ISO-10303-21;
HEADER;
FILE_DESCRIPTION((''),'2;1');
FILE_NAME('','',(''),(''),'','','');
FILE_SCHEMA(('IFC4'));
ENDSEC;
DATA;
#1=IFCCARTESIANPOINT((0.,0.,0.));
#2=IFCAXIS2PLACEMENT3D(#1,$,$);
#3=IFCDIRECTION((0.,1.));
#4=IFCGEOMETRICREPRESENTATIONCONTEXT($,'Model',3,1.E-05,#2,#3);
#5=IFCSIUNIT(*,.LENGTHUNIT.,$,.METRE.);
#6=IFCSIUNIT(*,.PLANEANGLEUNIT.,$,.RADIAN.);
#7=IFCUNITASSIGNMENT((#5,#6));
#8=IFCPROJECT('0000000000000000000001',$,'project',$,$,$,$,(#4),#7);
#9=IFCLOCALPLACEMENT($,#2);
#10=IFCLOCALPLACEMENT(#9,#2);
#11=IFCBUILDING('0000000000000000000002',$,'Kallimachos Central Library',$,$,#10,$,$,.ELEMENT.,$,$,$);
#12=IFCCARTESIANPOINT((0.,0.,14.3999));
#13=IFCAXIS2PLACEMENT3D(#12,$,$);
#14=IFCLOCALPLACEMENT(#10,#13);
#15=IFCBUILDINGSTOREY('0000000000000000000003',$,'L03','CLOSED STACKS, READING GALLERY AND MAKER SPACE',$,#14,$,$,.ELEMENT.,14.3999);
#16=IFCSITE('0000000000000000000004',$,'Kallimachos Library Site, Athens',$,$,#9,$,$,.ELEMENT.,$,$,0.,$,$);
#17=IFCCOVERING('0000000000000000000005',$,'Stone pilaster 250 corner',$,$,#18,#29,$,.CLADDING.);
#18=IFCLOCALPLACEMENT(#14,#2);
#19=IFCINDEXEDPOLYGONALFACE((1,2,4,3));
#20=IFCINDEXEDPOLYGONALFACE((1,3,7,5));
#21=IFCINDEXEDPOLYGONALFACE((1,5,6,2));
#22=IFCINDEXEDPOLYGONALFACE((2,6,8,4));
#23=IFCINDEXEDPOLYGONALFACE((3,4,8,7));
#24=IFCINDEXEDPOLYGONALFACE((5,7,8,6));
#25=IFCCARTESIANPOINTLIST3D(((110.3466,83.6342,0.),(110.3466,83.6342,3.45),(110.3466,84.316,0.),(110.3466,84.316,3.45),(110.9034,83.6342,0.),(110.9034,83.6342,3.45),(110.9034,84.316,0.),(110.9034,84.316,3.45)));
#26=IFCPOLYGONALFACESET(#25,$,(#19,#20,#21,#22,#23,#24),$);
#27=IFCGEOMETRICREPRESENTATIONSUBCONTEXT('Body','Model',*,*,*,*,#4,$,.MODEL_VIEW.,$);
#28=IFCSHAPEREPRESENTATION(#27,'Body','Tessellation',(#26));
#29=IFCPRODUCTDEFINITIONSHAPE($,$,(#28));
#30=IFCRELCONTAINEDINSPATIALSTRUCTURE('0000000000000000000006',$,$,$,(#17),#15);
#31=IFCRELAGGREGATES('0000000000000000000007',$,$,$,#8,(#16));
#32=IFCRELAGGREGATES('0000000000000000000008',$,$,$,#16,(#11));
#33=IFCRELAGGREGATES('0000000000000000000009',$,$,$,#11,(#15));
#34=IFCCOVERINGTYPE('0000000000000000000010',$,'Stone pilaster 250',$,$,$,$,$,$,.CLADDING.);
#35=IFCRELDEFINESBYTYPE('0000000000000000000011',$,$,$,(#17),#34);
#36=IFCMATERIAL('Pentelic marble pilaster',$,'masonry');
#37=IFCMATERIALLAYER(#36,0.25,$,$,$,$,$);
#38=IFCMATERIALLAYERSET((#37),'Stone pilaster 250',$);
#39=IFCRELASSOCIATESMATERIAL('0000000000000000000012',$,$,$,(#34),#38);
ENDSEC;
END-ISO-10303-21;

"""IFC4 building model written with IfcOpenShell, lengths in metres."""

from ifc_helpers import new_model, si_unit, direction, frame, origin, origin_2d, place, context, subcontext, project, spatial, rectangle, extrude, material, layer, layer_set, type_object, element, save


model = new_model("IFC4")

# Units and contexts
model_context = context("Model", 3, precision=1e-05, world=origin(), true_north=direction((0.0, 1.0)))
body_context = subcontext(model_context, "Body", "Model", "MODEL_VIEW")
ifc_project = project(units=[si_unit("LENGTHUNIT", "METRE"), si_unit("PLANEANGLEUNIT", "RADIAN")], contexts=[model_context])

# Site, building, storey
site_placement = place(None, origin())
site = spatial("IfcSite", under=ifc_project, at=site_placement, Name="Kallimachos Library Site, Athens", CompositionType="ELEMENT", RefElevation=0.0)
building_placement = place(site_placement, origin())
building = spatial("IfcBuilding", under=site, at=building_placement, Name="Kallimachos Central Library", CompositionType="ELEMENT")
storey_placement = place(building_placement, frame((0.0, 0.0, 14.3999)))
storey = spatial("IfcBuildingStorey", under=building, at=storey_placement, Name="L03", Description="CLOSED STACKS, READING GALLERY AND MAKER SPACE", CompositionType="ELEMENT", Elevation=14.3999)

# Covering
ifc_material_1 = material(Name="Pentelic marble pilaster", Category="masonry")
ifc_layer_1 = layer(ifc_material_1, 0.25)
ifc_layer_set_1 = layer_set([ifc_layer_1], Name="Stone pilaster 250")
covering_type_1 = type_object("IfcCoveringType", Name="Stone pilaster 250", PredefinedType="CLADDING", material=ifc_layer_set_1)
covering_1_placement = place(storey_placement, frame((110.625, 83.9751, 0.0), z_axis=(0.0, 0.0, 1.0), x_axis=(1.0, 0.0, 0.0)))
element("IfcCovering", 1, at=covering_1_placement, inside=storey, type_object=covering_type_1, Name="Stone pilaster 250 corner", PredefinedType="CLADDING", context=body_context, shape_type="SweptSolid", body=[
    extrude(rectangle(XDim=0.5569, YDim=0.6819, at=origin_2d()), origin(), (0.0, 0.0, 1.0), 3.45),
])

save(model, "model.ifc")
